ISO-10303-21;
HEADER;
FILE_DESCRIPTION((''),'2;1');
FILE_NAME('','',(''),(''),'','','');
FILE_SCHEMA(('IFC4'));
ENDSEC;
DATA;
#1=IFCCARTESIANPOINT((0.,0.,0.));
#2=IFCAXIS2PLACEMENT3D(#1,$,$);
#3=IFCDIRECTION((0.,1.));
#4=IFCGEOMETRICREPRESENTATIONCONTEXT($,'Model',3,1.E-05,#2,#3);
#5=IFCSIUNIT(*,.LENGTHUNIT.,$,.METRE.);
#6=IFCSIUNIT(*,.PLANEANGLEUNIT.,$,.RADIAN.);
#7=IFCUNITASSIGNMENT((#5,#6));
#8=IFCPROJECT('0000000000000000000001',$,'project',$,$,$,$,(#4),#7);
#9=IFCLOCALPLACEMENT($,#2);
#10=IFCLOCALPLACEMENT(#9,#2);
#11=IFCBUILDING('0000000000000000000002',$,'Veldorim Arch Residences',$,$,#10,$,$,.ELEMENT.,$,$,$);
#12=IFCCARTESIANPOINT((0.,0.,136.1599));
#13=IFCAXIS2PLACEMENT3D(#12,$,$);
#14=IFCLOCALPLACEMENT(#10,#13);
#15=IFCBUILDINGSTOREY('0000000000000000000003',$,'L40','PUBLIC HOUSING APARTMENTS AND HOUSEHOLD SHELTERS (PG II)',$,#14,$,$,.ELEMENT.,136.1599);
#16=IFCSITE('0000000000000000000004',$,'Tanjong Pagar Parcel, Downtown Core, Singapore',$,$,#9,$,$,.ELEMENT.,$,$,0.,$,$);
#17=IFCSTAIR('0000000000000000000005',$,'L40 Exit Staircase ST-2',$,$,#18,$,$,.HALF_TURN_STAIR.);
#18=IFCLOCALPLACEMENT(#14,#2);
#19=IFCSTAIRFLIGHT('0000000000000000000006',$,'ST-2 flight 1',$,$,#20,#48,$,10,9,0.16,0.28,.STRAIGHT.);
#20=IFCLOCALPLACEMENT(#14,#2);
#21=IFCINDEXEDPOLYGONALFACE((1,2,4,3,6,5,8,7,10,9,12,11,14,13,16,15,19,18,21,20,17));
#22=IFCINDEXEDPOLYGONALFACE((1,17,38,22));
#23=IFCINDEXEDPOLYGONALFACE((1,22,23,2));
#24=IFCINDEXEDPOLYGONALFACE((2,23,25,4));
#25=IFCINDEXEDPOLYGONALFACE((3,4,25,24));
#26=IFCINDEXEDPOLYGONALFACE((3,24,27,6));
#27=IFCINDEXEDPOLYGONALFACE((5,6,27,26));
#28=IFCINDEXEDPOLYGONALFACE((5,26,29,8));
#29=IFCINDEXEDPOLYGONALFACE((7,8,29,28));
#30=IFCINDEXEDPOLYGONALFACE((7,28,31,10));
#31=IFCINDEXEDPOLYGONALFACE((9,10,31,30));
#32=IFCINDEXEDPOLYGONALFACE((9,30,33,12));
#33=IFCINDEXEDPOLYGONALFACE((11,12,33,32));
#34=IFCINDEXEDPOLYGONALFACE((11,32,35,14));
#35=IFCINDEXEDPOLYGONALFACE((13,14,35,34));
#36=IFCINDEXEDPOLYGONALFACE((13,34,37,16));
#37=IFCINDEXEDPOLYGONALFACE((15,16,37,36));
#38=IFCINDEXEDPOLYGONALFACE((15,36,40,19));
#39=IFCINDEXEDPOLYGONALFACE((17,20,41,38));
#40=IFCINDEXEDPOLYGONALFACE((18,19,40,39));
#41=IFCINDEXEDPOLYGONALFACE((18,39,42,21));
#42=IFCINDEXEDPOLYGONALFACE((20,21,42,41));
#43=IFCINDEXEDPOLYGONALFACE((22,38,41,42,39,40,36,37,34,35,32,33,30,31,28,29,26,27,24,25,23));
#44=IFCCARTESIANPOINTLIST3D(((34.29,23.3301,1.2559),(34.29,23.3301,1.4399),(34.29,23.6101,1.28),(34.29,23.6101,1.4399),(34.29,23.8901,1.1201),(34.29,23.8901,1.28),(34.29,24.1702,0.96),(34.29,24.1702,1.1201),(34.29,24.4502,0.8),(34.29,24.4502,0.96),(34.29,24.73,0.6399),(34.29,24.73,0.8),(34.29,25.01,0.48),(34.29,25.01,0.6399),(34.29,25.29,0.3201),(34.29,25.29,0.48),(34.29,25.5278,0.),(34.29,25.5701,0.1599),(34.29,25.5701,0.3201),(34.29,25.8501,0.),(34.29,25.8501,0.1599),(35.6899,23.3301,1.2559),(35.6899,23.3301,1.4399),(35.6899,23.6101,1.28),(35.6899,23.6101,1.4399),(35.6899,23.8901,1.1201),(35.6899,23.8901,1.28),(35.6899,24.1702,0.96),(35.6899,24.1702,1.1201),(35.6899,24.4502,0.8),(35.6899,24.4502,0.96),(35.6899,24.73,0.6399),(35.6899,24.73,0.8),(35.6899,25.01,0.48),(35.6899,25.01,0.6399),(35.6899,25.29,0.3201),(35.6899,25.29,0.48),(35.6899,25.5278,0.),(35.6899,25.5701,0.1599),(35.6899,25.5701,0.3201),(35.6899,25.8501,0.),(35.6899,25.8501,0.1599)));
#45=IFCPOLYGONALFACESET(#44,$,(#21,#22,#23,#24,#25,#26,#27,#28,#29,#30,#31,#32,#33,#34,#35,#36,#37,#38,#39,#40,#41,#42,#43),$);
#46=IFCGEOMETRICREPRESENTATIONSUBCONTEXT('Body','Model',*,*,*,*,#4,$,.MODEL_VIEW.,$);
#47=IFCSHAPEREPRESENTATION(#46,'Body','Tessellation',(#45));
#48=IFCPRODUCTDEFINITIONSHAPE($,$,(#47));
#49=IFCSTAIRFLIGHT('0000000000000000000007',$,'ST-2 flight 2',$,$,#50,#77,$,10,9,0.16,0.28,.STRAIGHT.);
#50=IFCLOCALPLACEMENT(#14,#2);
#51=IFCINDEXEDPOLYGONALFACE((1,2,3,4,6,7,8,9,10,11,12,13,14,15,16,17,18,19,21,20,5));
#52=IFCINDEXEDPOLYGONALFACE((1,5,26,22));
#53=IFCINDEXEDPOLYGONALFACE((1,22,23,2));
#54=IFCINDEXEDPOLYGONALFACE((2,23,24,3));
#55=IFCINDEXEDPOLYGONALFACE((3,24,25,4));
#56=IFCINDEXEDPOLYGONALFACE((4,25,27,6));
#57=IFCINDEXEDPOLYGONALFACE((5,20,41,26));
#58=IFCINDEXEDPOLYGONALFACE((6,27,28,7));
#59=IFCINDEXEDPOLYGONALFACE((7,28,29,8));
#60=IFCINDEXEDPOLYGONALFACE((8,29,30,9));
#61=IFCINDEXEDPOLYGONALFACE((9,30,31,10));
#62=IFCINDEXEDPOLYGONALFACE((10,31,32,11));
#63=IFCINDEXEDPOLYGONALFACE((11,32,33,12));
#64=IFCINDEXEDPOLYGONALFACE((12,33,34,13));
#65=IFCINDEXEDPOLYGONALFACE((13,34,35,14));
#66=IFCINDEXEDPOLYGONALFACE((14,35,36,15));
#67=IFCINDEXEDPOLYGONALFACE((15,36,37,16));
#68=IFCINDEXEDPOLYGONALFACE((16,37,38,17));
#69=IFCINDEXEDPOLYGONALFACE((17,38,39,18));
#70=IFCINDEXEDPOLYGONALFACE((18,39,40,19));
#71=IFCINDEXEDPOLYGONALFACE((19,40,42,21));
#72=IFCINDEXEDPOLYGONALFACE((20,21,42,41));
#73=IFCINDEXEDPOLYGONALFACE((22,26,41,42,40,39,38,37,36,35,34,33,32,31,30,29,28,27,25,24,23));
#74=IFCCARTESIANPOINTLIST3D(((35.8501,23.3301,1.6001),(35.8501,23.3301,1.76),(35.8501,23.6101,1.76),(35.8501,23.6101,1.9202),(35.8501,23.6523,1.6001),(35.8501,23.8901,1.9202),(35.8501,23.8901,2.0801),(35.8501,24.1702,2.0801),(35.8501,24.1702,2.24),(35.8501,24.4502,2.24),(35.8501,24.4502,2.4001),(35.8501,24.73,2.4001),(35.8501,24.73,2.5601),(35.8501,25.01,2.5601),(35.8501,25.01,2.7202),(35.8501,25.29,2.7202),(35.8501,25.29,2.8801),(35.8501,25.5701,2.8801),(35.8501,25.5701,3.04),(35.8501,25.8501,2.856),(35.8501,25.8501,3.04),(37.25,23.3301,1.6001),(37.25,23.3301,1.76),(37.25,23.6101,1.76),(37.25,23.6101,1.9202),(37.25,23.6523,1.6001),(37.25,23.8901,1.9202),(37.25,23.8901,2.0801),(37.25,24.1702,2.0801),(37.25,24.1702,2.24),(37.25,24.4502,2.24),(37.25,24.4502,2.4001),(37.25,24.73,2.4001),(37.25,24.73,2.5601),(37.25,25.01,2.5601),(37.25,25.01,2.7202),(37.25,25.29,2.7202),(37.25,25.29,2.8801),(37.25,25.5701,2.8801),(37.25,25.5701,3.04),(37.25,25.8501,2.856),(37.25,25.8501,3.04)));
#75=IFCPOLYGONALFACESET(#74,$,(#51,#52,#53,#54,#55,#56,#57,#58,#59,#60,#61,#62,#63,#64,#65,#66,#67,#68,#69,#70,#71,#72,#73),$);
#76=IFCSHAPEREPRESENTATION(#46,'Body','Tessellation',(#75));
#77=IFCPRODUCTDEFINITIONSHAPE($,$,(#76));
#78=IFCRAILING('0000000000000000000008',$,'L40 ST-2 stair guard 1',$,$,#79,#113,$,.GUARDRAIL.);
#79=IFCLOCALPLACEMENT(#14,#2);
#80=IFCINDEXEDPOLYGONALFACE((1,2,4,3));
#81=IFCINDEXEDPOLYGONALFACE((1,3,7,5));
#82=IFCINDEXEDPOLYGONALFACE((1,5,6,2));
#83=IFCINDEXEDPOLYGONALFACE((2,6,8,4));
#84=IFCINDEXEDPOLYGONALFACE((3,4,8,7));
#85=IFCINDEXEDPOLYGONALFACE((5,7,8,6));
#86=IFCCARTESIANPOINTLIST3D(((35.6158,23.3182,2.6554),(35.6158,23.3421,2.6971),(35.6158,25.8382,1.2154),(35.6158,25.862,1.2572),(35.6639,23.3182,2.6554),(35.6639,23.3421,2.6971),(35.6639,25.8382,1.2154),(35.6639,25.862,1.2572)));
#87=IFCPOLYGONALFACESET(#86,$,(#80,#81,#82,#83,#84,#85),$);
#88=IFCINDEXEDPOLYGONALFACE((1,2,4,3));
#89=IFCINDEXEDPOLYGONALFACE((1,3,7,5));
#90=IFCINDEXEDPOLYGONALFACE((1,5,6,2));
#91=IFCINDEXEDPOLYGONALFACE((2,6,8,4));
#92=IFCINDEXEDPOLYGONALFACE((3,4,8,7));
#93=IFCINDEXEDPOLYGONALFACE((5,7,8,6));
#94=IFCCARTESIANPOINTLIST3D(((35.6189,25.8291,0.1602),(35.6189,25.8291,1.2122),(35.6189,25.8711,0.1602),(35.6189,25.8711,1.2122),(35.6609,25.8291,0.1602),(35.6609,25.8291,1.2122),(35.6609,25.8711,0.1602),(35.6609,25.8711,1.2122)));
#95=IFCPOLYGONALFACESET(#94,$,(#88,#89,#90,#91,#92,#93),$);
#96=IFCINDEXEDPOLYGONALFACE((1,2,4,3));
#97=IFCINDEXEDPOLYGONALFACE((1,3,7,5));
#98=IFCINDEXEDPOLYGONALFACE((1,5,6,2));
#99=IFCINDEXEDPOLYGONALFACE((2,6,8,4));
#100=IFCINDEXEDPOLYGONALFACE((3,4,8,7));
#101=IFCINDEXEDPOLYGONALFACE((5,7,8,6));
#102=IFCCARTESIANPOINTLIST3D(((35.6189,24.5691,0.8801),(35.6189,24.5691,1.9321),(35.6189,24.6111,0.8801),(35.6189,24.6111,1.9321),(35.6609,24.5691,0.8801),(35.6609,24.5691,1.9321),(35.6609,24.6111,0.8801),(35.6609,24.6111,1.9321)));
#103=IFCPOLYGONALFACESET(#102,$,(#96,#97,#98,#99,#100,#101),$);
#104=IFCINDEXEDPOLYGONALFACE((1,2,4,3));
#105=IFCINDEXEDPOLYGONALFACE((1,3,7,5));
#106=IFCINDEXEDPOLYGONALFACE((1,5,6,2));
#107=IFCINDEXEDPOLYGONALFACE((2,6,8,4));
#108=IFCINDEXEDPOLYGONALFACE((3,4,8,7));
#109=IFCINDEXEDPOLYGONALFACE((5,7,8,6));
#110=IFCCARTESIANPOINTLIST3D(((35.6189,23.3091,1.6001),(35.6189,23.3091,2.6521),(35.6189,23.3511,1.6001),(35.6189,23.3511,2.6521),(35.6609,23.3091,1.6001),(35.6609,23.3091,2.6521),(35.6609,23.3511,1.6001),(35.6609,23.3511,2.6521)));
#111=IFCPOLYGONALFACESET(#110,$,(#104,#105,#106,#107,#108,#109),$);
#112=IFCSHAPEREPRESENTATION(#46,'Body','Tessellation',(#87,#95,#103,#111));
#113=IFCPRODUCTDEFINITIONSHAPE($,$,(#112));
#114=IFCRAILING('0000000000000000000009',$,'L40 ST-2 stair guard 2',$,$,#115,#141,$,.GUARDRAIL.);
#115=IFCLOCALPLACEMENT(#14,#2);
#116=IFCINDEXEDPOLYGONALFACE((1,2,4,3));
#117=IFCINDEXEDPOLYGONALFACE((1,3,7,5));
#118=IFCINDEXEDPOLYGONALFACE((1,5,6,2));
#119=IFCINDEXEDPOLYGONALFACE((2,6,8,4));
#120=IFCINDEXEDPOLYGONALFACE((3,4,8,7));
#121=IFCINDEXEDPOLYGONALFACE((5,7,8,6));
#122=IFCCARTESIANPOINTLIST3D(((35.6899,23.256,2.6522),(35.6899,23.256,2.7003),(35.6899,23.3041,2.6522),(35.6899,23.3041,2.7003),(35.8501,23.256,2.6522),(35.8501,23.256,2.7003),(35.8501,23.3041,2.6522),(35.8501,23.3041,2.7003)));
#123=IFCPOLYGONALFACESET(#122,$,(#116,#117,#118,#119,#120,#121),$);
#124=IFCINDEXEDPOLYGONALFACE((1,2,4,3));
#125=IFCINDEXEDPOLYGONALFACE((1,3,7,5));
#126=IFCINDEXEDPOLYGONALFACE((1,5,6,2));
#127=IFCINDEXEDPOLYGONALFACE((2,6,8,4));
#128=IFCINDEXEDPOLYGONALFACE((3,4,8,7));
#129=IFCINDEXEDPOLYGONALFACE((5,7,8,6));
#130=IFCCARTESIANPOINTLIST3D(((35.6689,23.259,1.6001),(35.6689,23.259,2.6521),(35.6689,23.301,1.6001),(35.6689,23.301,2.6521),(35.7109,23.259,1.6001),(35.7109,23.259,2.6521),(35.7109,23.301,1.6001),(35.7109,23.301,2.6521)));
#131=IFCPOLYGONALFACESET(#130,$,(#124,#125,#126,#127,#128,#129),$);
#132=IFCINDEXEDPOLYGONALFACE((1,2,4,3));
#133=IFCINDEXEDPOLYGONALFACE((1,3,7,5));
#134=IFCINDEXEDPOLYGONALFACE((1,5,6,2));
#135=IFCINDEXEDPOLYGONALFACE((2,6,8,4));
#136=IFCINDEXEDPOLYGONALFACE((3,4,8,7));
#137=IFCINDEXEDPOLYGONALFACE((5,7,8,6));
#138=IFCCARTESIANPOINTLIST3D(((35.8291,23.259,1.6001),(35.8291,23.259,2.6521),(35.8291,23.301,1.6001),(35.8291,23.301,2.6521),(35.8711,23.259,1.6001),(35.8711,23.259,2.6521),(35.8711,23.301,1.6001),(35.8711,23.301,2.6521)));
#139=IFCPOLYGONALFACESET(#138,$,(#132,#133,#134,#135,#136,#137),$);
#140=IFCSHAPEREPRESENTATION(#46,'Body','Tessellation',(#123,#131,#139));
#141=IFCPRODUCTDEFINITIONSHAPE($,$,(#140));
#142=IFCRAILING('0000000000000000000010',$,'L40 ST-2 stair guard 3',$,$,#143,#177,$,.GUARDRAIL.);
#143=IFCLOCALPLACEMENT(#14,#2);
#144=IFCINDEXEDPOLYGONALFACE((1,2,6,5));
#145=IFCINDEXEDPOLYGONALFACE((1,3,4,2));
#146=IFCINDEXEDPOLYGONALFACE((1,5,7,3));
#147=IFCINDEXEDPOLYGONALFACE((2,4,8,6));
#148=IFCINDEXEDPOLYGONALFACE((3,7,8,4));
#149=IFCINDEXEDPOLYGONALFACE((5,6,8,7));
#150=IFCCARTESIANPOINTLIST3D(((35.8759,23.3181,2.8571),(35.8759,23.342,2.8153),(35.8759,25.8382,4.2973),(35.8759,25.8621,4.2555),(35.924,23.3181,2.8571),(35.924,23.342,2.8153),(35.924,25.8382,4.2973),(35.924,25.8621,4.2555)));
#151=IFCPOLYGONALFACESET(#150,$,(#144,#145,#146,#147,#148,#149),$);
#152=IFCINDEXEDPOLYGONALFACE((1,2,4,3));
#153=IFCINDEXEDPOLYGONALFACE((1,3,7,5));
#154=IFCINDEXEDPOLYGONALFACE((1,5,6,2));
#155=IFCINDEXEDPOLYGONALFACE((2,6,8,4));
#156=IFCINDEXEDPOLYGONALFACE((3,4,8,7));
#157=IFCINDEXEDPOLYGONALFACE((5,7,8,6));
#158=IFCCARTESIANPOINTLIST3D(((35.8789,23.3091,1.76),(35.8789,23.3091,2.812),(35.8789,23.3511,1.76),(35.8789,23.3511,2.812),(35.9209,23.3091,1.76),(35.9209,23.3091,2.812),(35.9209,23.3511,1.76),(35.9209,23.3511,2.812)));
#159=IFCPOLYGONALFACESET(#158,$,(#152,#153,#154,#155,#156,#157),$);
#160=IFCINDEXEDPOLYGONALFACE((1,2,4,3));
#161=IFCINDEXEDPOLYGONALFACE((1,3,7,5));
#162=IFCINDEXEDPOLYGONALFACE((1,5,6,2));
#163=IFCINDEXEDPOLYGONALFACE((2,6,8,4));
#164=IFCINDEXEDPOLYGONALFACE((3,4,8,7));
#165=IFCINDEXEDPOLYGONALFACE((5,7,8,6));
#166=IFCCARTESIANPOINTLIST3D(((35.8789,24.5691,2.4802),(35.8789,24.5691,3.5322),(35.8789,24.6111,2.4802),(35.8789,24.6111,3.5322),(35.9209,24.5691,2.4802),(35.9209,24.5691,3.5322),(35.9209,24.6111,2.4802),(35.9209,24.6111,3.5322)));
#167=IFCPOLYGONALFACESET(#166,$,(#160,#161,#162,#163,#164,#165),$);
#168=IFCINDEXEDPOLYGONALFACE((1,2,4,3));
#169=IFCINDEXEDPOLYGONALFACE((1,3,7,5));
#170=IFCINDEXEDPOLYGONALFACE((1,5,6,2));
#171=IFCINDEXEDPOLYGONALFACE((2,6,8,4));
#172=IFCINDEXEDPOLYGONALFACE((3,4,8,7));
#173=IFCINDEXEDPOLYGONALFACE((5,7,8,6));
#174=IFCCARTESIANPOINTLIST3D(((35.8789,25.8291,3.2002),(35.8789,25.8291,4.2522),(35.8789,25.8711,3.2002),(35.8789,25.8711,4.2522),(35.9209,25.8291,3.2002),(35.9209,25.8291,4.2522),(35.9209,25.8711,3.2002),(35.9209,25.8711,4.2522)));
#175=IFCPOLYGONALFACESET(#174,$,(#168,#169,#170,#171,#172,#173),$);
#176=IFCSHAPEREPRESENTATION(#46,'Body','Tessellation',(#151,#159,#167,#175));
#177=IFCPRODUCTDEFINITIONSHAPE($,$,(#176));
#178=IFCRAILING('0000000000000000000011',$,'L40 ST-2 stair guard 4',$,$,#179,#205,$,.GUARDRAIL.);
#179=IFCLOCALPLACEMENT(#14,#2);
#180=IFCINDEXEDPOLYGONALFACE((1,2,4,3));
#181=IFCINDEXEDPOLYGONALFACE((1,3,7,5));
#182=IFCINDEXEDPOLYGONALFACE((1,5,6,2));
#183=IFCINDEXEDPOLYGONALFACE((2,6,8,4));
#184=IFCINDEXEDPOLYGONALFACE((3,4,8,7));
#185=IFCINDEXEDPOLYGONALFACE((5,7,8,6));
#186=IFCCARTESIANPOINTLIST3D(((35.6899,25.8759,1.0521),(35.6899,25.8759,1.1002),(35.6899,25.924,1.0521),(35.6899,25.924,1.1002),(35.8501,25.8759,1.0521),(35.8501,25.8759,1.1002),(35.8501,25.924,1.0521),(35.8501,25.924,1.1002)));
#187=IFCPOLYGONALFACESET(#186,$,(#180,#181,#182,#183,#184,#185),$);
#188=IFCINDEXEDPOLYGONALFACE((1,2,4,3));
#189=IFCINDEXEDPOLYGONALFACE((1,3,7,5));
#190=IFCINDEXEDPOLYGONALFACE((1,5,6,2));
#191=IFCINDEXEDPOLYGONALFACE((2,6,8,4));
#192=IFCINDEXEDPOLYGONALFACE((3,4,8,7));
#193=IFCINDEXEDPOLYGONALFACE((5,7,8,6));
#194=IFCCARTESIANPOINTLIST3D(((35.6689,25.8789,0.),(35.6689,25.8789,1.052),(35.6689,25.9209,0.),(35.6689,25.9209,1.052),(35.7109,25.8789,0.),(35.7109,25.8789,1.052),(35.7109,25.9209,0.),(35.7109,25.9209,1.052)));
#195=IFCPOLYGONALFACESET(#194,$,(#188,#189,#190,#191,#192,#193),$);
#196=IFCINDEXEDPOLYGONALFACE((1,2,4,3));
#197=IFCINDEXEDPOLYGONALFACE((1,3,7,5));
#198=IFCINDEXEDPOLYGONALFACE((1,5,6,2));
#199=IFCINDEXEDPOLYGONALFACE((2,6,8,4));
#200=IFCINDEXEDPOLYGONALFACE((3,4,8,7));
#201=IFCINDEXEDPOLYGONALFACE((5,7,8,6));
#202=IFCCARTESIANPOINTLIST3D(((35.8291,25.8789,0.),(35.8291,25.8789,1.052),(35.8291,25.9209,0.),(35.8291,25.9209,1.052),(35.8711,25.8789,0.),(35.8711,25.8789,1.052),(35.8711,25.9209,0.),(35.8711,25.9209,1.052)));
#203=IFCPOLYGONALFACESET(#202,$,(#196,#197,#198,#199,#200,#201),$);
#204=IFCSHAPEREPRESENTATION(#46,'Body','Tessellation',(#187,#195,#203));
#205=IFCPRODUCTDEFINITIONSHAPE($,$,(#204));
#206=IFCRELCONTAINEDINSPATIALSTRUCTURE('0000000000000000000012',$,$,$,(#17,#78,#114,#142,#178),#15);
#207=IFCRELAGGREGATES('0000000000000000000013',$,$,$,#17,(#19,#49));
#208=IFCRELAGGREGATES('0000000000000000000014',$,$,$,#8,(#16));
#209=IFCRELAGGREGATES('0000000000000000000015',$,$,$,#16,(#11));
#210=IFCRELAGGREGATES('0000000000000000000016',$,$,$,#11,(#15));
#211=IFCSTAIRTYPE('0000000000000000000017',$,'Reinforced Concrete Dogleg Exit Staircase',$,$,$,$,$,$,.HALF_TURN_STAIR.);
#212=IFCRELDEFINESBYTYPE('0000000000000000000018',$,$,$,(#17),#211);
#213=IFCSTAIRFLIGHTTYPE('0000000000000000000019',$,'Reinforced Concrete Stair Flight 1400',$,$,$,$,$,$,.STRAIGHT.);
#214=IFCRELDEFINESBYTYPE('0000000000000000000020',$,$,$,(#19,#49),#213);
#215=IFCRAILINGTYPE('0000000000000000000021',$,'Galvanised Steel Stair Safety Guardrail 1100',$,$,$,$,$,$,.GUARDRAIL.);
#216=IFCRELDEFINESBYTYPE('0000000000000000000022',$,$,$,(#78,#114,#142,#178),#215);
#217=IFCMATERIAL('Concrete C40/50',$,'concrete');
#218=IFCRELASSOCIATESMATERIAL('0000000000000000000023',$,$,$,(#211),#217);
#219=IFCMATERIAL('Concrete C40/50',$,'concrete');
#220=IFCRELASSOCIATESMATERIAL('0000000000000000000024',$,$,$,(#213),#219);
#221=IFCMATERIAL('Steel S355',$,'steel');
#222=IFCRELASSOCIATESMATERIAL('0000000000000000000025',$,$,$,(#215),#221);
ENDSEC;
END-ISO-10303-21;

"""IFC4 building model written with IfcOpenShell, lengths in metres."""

from ifc_helpers import new_model, si_unit, direction, frame, origin, origin_2d, place, context, subcontext, project, spatial, polyline, rectangle, outline, extrude, material, type_object, element, aggregate, save


model = new_model("IFC4")

# Units and contexts
model_context = context("Model", 3, precision=1e-05, world=origin(), true_north=direction((0.0, 1.0)))
body_context = subcontext(model_context, "Body", "Model", "MODEL_VIEW")
ifc_project = project(units=[si_unit("LENGTHUNIT", "METRE"), si_unit("PLANEANGLEUNIT", "RADIAN")], contexts=[model_context])

# Site, building, storey
site_placement = place(None, origin())
site = spatial("IfcSite", under=ifc_project, at=site_placement, Name="Tanjong Pagar Parcel, Downtown Core, Singapore", CompositionType="ELEMENT", RefElevation=0.0)
building_placement = place(site_placement, origin())
building = spatial("IfcBuilding", under=site, at=building_placement, Name="Veldorim Arch Residences", CompositionType="ELEMENT")
storey_placement = place(building_placement, frame((0.0, 0.0, 136.1599)))
storey = spatial("IfcBuildingStorey", under=building, at=storey_placement, Name="L40", Description="PUBLIC HOUSING APARTMENTS AND HOUSEHOLD SHELTERS (PG II)", CompositionType="ELEMENT", Elevation=136.1599)

# Stair, stair flights
ifc_material_1 = material(Name="Concrete C40/50", Category="concrete")
stair_type = type_object("IfcStairType", Name="Reinforced Concrete Dogleg Exit Staircase", PredefinedType="HALF_TURN_STAIR", material=ifc_material_1)
stair_placement = place(storey_placement, origin())
stair = element("IfcStair", 1, at=stair_placement, inside=storey, type_object=stair_type, Name="L40 Exit Staircase ST-2", PredefinedType="HALF_TURN_STAIR")
ifc_material_2 = material(Name="Concrete C40/50", Category="concrete")
stair_flight_type = type_object("IfcStairFlightType", Name="Reinforced Concrete Stair Flight 1400", PredefinedType="STRAIGHT", material=ifc_material_2)
stair_flight_1_placement = place(storey_placement, frame((34.99, 25.8501, 0.0), z_axis=(0.0, 0.0, 1.0), x_axis=(0.0, -1.0, 0.0)))
stair_flight_1 = element("IfcStairFlight", 2, at=stair_flight_1_placement, type_object=stair_flight_type, Name="ST-2 flight 1", NumberOfRisers=10, NumberOfTreads=9, PredefinedType="STRAIGHT", RiserHeight=0.16, TreadLength=0.28, context=body_context, shape_type="SweptSolid", body=[
    extrude(outline(polyline([(0.0, 0.0), (0.0, 0.1599), (0.28, 0.1599), (0.28, 0.3201), (0.5601, 0.3201), (0.5601, 0.48), (0.8401, 0.48), (0.8401, 0.6399), (1.1201, 0.6399), (1.1201, 0.8), (1.3999, 0.8), (1.3999, 0.96), (1.6799, 0.96), (1.6799, 1.1201), (1.96, 1.1201), (1.96, 1.28), (2.24, 1.28), (2.24, 1.4399), (2.52, 1.4399), (2.52, 1.6001), (2.52, 1.2559), (0.3223, 0.0), (0.0, 0.0)])), frame((0.0, 0.7, 0.0), z_axis=(0.0, -1.0, 0.0), x_axis=(1.0, 0.0, 0.0)), (0.0, 0.0, 1.0), 1.3999),
])
stair_flight_2_placement = place(storey_placement, frame((36.55, 23.3301, 1.6001), z_axis=(0.0, 0.0, 1.0), x_axis=(0.0, 1.0, 0.0)))
stair_flight_2 = element("IfcStairFlight", 3, at=stair_flight_2_placement, type_object=stair_flight_type, Name="ST-2 flight 2", NumberOfRisers=10, NumberOfTreads=9, PredefinedType="STRAIGHT", RiserHeight=0.16, TreadLength=0.28, context=body_context, shape_type="SweptSolid", body=[
    extrude(outline(polyline([(0.0, 0.0), (0.0, 0.1599), (0.28, 0.1599), (0.28, 0.3201), (0.5601, 0.3201), (0.5601, 0.48), (0.8401, 0.48), (0.8401, 0.6399), (1.1201, 0.6399), (1.1201, 0.8), (1.3999, 0.8), (1.3999, 0.96), (1.6799, 0.96), (1.6799, 1.1201), (1.96, 1.1201), (1.96, 1.28), (2.24, 1.28), (2.24, 1.4399), (2.52, 1.4399), (2.52, 1.6001), (2.52, 1.2559), (0.3223, 0.0), (0.0, 0.0)])), frame((0.0, 0.7, 0.0), z_axis=(0.0, -1.0, 0.0), x_axis=(1.0, 0.0, 0.0)), (0.0, 0.0, 1.0), 1.3999),
])
aggregate(stair, [stair_flight_1, stair_flight_2])

# Railings
ifc_material_3 = material(Name="Steel S355", Category="steel")
railing_type_1 = type_object("IfcRailingType", Name="Galvanised Steel Stair Safety Guardrail 1100", PredefinedType="GUARDRAIL", material=ifc_material_3)
railing_1_placement = place(storey_placement, frame((35.6399, 25.8501, 0.1602)))
element("IfcRailing", 4, at=railing_1_placement, inside=storey, type_object=railing_type_1, Name="L40 ST-2 stair guard 1", PredefinedType="GUARDRAIL", context=body_context, shape_type="SweptSolid", body=[
    extrude(rectangle(XDim=0.0481, YDim=0.0481, at=origin_2d()), frame((0.0, 0.0, 1.0762), z_axis=(0.0, -0.868253, 0.496121), x_axis=(1.0, 0.0, 0.0)), (0.0, 0.0, 1.0), 2.9023),
    extrude(rectangle(XDim=0.042, YDim=0.042, at=origin_2d()), origin(), (0.0, 0.0, 1.0), 1.052),
    extrude(rectangle(XDim=0.042, YDim=0.042, at=origin_2d()), frame((0.0, -1.26, 0.72)), (0.0, 0.0, 1.0), 1.052),
    extrude(rectangle(XDim=0.042, YDim=0.042, at=origin_2d()), frame((0.0, -2.52, 1.4399)), (0.0, 0.0, 1.0), 1.052),
])
railing_2_placement = place(storey_placement, frame((35.6899, 23.28, 1.6001)))
element("IfcRailing", 5, at=railing_2_placement, inside=storey, type_object=railing_type_1, Name="L40 ST-2 stair guard 2", PredefinedType="GUARDRAIL", context=body_context, shape_type="SweptSolid", body=[
    extrude(rectangle(XDim=0.0481, YDim=0.0481, at=origin_2d()), frame((0.0, 0.0, 1.0762), z_axis=(1.0, 0.0, 0.0), x_axis=(0.0, 1.0, 0.0)), (0.0, 0.0, 1.0), 0.1602),
    extrude(rectangle(XDim=0.042, YDim=0.042, at=origin_2d()), origin(), (0.0, 0.0, 1.0), 1.052),
    extrude(rectangle(XDim=0.042, YDim=0.042, at=origin_2d()), frame((0.1602, 0.0, 0.0)), (0.0, 0.0, 1.0), 1.052),
])
railing_3_placement = place(storey_placement, frame((35.8999, 23.3301, 1.76)))
element("IfcRailing", 6, at=railing_3_placement, inside=storey, type_object=railing_type_1, Name="L40 ST-2 stair guard 3", PredefinedType="GUARDRAIL", context=body_context, shape_type="SweptSolid", body=[
    extrude(rectangle(XDim=0.0481, YDim=0.0481, at=origin_2d()), frame((0.0, 0.0, 1.0762), z_axis=(0.0, 0.868217, 0.496184), x_axis=(-1.0, 0.0, 0.0)), (0.0, 0.0, 1.0), 2.9026),
    extrude(rectangle(XDim=0.042, YDim=0.042, at=origin_2d()), origin(), (0.0, 0.0, 1.0), 1.052),
    extrude(rectangle(XDim=0.042, YDim=0.042, at=origin_2d()), frame((0.0, 1.26, 0.7202)), (0.0, 0.0, 1.0), 1.052),
    extrude(rectangle(XDim=0.042, YDim=0.042, at=origin_2d()), frame((0.0, 2.52, 1.4402)), (0.0, 0.0, 1.0), 1.052),
])
railing_4_placement = place(storey_placement, frame((35.6899, 25.8999, 0.0)))
element("IfcRailing", 7, at=railing_4_placement, inside=storey, type_object=railing_type_1, Name="L40 ST-2 stair guard 4", PredefinedType="GUARDRAIL", context=body_context, shape_type="SweptSolid", body=[
    extrude(rectangle(XDim=0.0481, YDim=0.0481, at=origin_2d()), frame((0.0, 0.0, 1.0762), z_axis=(1.0, 0.0, 0.0), x_axis=(0.0, 1.0, 0.0)), (0.0, 0.0, 1.0), 0.1602),
    extrude(rectangle(XDim=0.042, YDim=0.042, at=origin_2d()), origin(), (0.0, 0.0, 1.0), 1.052),
    extrude(rectangle(XDim=0.042, YDim=0.042, at=origin_2d()), frame((0.1602, 0.0, 0.0)), (0.0, 0.0, 1.0), 1.052),
])

save(model, "model.ifc")
